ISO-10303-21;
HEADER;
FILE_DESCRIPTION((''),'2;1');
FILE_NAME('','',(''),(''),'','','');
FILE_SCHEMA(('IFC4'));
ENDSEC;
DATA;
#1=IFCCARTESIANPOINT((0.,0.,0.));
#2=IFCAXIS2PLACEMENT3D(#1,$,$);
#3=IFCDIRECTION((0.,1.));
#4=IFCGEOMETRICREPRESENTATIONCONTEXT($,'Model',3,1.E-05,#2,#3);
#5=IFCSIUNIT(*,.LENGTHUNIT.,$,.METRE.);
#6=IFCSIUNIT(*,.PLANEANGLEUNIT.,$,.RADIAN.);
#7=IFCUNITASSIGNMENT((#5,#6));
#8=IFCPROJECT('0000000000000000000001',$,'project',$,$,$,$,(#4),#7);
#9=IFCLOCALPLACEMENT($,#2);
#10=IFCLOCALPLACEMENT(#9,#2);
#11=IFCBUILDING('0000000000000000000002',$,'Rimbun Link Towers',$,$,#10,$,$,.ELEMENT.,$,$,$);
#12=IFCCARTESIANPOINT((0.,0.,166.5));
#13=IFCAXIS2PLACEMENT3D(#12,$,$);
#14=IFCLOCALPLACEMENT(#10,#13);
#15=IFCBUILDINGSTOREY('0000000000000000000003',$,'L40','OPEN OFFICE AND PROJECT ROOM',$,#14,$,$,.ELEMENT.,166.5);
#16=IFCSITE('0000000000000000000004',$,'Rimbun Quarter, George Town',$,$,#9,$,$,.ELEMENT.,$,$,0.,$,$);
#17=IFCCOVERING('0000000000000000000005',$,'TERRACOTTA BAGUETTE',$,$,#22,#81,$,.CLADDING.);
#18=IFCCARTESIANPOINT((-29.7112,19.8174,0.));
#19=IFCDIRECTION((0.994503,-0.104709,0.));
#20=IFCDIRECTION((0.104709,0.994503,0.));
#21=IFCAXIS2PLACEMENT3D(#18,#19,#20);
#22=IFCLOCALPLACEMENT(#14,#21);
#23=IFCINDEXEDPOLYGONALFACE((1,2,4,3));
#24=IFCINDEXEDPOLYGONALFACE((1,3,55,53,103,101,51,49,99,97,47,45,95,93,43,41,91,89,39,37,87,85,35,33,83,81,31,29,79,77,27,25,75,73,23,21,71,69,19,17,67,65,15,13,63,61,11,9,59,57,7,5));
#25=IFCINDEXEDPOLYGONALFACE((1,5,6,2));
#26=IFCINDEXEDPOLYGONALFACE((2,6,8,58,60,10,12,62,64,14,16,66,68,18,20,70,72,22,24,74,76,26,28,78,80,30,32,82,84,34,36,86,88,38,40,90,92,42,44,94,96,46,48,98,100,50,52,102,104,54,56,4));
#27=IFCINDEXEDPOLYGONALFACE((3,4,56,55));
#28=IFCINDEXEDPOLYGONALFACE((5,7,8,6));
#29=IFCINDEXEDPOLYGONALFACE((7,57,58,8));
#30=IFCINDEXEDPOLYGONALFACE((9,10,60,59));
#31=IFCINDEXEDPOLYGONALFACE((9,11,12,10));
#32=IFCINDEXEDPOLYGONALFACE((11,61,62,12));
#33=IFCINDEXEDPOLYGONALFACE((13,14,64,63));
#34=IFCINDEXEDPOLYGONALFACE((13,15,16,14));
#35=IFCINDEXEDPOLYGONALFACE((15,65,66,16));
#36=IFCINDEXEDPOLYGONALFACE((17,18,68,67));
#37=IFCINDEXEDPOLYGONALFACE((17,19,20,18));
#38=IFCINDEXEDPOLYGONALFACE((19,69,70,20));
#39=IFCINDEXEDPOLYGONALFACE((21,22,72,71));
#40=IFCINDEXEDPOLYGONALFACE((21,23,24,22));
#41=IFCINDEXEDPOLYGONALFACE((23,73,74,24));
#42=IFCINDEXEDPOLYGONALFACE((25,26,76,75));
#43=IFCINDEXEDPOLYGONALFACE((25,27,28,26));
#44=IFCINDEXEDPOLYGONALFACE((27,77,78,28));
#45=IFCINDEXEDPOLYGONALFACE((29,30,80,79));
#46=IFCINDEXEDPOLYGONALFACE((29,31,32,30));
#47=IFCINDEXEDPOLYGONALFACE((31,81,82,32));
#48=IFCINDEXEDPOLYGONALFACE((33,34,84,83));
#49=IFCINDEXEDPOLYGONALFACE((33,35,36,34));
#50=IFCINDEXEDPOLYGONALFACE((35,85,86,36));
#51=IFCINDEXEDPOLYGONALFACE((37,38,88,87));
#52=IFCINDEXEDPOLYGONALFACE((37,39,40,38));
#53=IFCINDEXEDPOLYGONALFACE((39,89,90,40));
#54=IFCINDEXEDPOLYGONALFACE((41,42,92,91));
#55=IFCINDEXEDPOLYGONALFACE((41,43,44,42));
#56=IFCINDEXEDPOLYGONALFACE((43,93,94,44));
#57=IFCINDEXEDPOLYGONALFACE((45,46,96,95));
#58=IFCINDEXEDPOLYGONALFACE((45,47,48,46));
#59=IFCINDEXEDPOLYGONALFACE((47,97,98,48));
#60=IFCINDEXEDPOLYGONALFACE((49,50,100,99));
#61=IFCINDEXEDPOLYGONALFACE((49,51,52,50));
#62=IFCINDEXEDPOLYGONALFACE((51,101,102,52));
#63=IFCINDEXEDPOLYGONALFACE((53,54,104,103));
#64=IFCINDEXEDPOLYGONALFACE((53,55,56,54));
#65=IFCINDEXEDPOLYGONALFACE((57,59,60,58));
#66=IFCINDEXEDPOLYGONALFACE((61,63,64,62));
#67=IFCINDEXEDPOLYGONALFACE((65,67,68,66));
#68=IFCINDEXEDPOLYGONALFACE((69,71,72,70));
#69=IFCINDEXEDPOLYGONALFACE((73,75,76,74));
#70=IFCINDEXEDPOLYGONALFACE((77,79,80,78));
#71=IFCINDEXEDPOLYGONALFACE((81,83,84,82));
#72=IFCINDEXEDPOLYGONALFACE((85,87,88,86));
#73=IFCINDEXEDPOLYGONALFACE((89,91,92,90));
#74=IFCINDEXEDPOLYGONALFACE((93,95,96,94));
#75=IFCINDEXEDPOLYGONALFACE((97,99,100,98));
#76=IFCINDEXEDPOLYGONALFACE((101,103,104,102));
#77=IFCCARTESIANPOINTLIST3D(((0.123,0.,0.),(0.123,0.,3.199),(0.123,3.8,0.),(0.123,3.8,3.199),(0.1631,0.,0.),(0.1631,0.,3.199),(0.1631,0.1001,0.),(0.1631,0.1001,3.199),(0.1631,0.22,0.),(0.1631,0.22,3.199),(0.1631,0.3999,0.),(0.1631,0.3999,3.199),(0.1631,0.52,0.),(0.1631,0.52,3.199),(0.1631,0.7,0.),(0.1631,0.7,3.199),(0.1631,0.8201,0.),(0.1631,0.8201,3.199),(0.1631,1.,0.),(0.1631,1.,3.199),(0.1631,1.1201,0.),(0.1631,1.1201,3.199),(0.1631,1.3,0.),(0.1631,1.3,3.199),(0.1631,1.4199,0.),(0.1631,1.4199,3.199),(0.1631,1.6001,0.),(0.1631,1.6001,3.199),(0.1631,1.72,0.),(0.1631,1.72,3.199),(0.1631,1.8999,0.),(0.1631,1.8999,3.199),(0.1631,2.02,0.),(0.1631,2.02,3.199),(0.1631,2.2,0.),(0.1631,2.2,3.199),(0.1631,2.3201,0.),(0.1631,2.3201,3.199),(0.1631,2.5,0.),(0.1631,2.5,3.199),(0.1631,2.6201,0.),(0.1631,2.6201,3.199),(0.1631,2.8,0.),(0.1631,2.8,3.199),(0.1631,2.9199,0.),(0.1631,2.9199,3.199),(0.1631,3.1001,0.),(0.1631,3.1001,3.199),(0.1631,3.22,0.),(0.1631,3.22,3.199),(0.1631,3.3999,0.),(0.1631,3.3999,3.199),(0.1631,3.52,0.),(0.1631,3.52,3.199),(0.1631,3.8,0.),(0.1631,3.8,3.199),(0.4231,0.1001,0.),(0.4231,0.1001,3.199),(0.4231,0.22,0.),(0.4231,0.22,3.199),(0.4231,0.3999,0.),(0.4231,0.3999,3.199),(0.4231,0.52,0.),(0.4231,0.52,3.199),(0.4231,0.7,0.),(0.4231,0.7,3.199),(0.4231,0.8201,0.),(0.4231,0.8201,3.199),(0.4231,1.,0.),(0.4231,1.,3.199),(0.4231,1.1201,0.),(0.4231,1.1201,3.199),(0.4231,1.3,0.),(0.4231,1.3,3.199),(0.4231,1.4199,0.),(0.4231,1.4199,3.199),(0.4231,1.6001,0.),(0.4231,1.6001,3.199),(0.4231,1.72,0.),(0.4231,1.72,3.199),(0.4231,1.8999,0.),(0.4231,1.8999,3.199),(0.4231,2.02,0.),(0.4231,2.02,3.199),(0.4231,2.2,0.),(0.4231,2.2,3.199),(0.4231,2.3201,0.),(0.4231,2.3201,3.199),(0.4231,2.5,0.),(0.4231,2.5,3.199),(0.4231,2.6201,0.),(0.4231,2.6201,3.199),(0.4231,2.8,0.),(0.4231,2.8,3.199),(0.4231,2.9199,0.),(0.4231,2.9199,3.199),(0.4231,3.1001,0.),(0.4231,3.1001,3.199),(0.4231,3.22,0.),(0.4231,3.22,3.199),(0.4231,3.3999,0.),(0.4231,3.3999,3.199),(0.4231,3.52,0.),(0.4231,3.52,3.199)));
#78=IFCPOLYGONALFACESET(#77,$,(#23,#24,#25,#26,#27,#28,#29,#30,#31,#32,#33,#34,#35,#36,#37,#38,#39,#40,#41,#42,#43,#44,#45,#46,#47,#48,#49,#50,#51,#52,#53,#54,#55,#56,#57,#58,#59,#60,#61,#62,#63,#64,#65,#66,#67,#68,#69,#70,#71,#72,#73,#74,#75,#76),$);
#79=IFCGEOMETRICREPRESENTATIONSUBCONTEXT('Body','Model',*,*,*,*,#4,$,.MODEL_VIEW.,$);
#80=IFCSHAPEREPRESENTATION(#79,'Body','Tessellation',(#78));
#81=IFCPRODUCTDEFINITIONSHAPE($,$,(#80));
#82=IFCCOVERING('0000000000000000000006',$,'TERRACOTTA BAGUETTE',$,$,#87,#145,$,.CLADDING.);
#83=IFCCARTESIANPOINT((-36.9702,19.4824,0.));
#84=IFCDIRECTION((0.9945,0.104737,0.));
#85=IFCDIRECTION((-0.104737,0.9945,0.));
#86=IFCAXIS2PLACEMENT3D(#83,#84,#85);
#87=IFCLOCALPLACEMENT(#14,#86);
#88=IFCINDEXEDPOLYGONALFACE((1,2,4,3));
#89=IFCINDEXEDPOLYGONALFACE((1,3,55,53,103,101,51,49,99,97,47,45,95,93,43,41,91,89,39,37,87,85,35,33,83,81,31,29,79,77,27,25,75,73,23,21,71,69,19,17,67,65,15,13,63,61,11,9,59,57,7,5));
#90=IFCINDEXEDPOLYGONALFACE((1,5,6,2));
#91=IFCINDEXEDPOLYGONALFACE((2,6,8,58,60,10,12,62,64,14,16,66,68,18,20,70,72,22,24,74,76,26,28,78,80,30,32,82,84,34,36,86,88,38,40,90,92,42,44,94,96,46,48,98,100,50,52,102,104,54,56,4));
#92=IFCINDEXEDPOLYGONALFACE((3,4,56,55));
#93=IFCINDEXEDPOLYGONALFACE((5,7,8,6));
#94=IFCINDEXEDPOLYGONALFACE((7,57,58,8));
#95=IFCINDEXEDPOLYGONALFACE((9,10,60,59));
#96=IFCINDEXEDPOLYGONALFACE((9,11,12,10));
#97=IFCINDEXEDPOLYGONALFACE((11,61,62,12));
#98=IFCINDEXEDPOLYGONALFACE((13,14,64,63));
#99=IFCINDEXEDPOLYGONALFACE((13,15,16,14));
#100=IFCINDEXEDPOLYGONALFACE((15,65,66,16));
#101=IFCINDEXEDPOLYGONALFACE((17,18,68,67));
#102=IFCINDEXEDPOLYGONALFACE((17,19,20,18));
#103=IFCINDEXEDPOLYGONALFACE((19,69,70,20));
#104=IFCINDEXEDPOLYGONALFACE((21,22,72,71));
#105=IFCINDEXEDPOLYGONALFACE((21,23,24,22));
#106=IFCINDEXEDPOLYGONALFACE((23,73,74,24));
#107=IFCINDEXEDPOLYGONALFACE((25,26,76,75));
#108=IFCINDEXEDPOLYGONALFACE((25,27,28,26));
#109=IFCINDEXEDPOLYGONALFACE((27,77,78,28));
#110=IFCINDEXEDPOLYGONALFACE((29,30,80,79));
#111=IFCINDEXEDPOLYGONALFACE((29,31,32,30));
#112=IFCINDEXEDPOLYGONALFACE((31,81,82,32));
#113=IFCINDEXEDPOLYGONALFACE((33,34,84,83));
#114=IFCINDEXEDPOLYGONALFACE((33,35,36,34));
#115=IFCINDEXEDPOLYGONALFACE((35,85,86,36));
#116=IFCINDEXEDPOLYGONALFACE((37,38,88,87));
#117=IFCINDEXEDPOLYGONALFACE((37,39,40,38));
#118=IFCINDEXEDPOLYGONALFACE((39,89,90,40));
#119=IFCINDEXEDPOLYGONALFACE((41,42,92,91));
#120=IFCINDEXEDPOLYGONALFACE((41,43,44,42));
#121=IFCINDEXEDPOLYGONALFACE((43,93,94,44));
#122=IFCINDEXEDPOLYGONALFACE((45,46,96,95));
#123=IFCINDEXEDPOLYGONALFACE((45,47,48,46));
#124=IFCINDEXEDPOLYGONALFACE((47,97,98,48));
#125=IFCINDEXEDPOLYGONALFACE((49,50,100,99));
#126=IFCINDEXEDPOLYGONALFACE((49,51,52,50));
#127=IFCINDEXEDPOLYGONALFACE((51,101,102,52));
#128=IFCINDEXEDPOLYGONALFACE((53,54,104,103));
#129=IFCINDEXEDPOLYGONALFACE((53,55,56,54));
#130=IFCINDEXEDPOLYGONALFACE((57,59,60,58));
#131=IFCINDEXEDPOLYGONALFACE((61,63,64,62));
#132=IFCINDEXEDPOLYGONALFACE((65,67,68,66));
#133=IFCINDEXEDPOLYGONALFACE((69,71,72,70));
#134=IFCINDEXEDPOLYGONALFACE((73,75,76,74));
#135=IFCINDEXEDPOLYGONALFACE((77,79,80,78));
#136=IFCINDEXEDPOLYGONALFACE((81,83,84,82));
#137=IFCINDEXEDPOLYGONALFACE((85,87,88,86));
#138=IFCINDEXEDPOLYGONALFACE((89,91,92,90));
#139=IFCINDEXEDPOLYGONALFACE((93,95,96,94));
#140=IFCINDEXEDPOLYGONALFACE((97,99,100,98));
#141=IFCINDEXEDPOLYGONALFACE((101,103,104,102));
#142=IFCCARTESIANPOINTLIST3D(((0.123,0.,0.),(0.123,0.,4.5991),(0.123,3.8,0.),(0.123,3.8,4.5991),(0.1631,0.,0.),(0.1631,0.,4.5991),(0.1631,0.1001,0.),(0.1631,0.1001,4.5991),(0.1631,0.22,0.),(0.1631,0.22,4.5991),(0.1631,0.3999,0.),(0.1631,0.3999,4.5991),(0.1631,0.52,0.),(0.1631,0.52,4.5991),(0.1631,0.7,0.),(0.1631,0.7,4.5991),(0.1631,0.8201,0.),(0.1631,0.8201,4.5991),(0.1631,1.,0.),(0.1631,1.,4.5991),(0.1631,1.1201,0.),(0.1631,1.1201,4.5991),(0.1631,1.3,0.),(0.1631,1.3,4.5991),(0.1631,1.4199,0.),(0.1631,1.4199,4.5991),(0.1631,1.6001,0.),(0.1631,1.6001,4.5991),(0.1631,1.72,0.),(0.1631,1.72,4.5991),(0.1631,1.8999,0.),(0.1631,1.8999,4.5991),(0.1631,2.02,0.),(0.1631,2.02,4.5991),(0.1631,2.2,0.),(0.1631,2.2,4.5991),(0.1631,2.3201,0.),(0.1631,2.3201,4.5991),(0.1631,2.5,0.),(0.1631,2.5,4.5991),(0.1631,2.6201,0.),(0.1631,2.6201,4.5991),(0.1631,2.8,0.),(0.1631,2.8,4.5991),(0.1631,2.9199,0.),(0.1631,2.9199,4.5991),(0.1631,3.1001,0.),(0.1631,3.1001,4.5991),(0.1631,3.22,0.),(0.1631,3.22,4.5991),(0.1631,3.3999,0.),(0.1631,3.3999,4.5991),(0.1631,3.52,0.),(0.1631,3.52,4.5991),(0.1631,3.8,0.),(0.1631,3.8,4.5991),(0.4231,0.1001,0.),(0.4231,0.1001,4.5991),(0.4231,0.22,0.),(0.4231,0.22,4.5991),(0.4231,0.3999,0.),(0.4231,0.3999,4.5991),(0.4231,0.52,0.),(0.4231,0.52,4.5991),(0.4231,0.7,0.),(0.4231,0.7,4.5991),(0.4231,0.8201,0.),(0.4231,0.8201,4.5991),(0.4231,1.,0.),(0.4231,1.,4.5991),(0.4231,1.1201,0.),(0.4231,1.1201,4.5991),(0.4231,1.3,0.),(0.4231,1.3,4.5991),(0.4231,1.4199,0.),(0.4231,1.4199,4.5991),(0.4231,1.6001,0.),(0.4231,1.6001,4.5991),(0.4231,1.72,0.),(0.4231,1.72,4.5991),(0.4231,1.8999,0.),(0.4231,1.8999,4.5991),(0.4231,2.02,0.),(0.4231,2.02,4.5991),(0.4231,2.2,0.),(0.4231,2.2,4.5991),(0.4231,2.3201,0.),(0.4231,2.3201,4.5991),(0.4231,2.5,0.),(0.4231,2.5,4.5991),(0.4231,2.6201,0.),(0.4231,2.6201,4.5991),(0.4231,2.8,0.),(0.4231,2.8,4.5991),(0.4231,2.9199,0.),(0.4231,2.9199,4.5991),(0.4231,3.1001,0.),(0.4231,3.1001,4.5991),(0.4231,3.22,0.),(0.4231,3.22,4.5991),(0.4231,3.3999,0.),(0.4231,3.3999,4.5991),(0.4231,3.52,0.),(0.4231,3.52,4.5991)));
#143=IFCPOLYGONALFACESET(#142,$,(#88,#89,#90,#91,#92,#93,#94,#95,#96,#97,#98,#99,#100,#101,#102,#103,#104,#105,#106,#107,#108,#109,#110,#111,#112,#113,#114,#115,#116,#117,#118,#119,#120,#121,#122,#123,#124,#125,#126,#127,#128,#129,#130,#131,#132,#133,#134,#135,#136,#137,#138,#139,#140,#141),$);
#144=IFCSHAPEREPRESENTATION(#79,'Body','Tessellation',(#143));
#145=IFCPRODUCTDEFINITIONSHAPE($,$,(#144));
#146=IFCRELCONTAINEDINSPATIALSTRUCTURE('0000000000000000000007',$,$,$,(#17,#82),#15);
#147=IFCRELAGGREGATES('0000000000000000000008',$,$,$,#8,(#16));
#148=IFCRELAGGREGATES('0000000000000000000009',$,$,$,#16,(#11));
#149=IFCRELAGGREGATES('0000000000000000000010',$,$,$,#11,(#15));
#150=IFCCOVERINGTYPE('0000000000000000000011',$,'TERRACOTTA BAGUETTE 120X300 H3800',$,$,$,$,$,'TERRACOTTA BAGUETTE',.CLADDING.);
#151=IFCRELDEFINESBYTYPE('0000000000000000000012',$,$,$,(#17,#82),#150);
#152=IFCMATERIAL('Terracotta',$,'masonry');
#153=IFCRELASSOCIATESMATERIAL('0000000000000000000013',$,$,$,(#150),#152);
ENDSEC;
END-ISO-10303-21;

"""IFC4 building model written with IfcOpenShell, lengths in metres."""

from ifc_helpers import new_model, si_unit, direction, frame, origin, place, context, subcontext, project, spatial, polyline, outline, extrude, material, material_profile, profile_set, type_object, element, save


model = new_model("IFC4")

# Units and contexts
model_context = context("Model", 3, precision=1e-05, world=origin(), true_north=direction((0.0, 1.0)))
body_context = subcontext(model_context, "Body", "Model", "MODEL_VIEW")
ifc_project = project(units=[si_unit("LENGTHUNIT", "METRE"), si_unit("PLANEANGLEUNIT", "RADIAN")], contexts=[model_context])

# Site, building, storey
site_placement = place(None, origin())
site = spatial("IfcSite", under=ifc_project, at=site_placement, Name="Rimbun Quarter, George Town", CompositionType="ELEMENT", RefElevation=0.0)
building_placement = place(site_placement, origin())
building = spatial("IfcBuilding", under=site, at=building_placement, Name="Rimbun Link Towers", CompositionType="ELEMENT")
storey_placement = place(building_placement, frame((0.0, 0.0, 166.5)))
storey = spatial("IfcBuildingStorey", under=building, at=storey_placement, Name="L40", Description="OPEN OFFICE AND PROJECT ROOM", CompositionType="ELEMENT", Elevation=166.5)

# Coverings
ifc_material_1 = material(Name="Terracotta", Category="masonry")
ifc_material_profile_1 = material_profile(ifc_material_1, outline(polyline([(0.123, 0.0), (0.1631, 0.0), (0.1631, 0.1001), (0.4231, 0.1001), (0.4231, 0.22), (0.1631, 0.22), (0.1631, 0.3999), (0.4231, 0.3999), (0.4231, 0.52), (0.1631, 0.52), (0.1631, 0.7), (0.4231, 0.7), (0.4231, 0.8201), (0.1631, 0.8201), (0.1631, 1.0), (0.4231, 1.0), (0.4231, 1.1201), (0.1631, 1.1201), (0.1631, 1.3), (0.4231, 1.3), (0.4231, 1.4199), (0.1631, 1.4199), (0.1631, 1.6001), (0.4231, 1.6001), (0.4231, 1.72), (0.1631, 1.72), (0.1631, 1.8999), (0.4231, 1.8999), (0.4231, 2.02), (0.1631, 2.02), (0.1631, 2.2), (0.4231, 2.2), (0.4231, 2.3201), (0.1631, 2.3201), (0.1631, 2.5), (0.4231, 2.5), (0.4231, 2.6201), (0.1631, 2.6201), (0.1631, 2.8), (0.4231, 2.8), (0.4231, 2.9199), (0.1631, 2.9199), (0.1631, 3.1001), (0.4231, 3.1001), (0.4231, 3.22), (0.1631, 3.22), (0.1631, 3.3999), (0.4231, 3.3999), (0.4231, 3.52), (0.1631, 3.52), (0.1631, 3.8), (0.123, 3.8), (0.123, 0.0)])), Name="BAGUETTE 120X300")
ifc_profile_set_1 = profile_set([ifc_material_profile_1], Name="Terracotta")
covering_type = type_object("IfcCoveringType", Name="TERRACOTTA BAGUETTE 120X300 H3800", ElementType="TERRACOTTA BAGUETTE", PredefinedType="CLADDING", material=ifc_profile_set_1)
covering_1_placement = place(storey_placement, frame((-29.7112, 19.8174, 0.0), z_axis=(0.994503, -0.104709, 0.0), x_axis=(0.104709, 0.994503, 0.0)))
element("IfcCovering", 1, at=covering_1_placement, inside=storey, type_object=covering_type, Name="TERRACOTTA BAGUETTE", PredefinedType="CLADDING", context=body_context, shape_type="SweptSolid", body=[
    extrude(outline(polyline([(0.123, 0.0), (0.1631, 0.0), (0.1631, 0.1001), (0.4231, 0.1001), (0.4231, 0.22), (0.1631, 0.22), (0.1631, 0.3999), (0.4231, 0.3999), (0.4231, 0.52), (0.1631, 0.52), (0.1631, 0.7), (0.4231, 0.7), (0.4231, 0.8201), (0.1631, 0.8201), (0.1631, 1.0), (0.4231, 1.0), (0.4231, 1.1201), (0.1631, 1.1201), (0.1631, 1.3), (0.4231, 1.3), (0.4231, 1.4199), (0.1631, 1.4199), (0.1631, 1.6001), (0.4231, 1.6001), (0.4231, 1.72), (0.1631, 1.72), (0.1631, 1.8999), (0.4231, 1.8999), (0.4231, 2.02), (0.1631, 2.02), (0.1631, 2.2), (0.4231, 2.2), (0.4231, 2.3201), (0.1631, 2.3201), (0.1631, 2.5), (0.4231, 2.5), (0.4231, 2.6201), (0.1631, 2.6201), (0.1631, 2.8), (0.4231, 2.8), (0.4231, 2.9199), (0.1631, 2.9199), (0.1631, 3.1001), (0.4231, 3.1001), (0.4231, 3.22), (0.1631, 3.22), (0.1631, 3.3999), (0.4231, 3.3999), (0.4231, 3.52), (0.1631, 3.52), (0.1631, 3.8), (0.123, 3.8), (0.123, 0.0)])), origin(), (0.0, 0.0, 1.0), 3.199),
])
covering_2_placement = place(storey_placement, frame((-36.9702, 19.4824, 0.0), z_axis=(0.9945, 0.104737, 0.0), x_axis=(-0.104737, 0.9945, 0.0)))
element("IfcCovering", 2, at=covering_2_placement, inside=storey, type_object=covering_type, Name="TERRACOTTA BAGUETTE", PredefinedType="CLADDING", context=body_context, shape_type="SweptSolid", body=[
    extrude(outline(polyline([(0.123, 0.0), (0.1631, 0.0), (0.1631, 0.1001), (0.4231, 0.1001), (0.4231, 0.22), (0.1631, 0.22), (0.1631, 0.3999), (0.4231, 0.3999), (0.4231, 0.52), (0.1631, 0.52), (0.1631, 0.7), (0.4231, 0.7), (0.4231, 0.8201), (0.1631, 0.8201), (0.1631, 1.0), (0.4231, 1.0), (0.4231, 1.1201), (0.1631, 1.1201), (0.1631, 1.3), (0.4231, 1.3), (0.4231, 1.4199), (0.1631, 1.4199), (0.1631, 1.6001), (0.4231, 1.6001), (0.4231, 1.72), (0.1631, 1.72), (0.1631, 1.8999), (0.4231, 1.8999), (0.4231, 2.02), (0.1631, 2.02), (0.1631, 2.2), (0.4231, 2.2), (0.4231, 2.3201), (0.1631, 2.3201), (0.1631, 2.5), (0.4231, 2.5), (0.4231, 2.6201), (0.1631, 2.6201), (0.1631, 2.8), (0.4231, 2.8), (0.4231, 2.9199), (0.1631, 2.9199), (0.1631, 3.1001), (0.4231, 3.1001), (0.4231, 3.22), (0.1631, 3.22), (0.1631, 3.3999), (0.4231, 3.3999), (0.4231, 3.52), (0.1631, 3.52), (0.1631, 3.8), (0.123, 3.8), (0.123, 0.0)])), origin(), (0.0, 0.0, 1.0), 4.5991),
])

save(model, "model.ifc")
